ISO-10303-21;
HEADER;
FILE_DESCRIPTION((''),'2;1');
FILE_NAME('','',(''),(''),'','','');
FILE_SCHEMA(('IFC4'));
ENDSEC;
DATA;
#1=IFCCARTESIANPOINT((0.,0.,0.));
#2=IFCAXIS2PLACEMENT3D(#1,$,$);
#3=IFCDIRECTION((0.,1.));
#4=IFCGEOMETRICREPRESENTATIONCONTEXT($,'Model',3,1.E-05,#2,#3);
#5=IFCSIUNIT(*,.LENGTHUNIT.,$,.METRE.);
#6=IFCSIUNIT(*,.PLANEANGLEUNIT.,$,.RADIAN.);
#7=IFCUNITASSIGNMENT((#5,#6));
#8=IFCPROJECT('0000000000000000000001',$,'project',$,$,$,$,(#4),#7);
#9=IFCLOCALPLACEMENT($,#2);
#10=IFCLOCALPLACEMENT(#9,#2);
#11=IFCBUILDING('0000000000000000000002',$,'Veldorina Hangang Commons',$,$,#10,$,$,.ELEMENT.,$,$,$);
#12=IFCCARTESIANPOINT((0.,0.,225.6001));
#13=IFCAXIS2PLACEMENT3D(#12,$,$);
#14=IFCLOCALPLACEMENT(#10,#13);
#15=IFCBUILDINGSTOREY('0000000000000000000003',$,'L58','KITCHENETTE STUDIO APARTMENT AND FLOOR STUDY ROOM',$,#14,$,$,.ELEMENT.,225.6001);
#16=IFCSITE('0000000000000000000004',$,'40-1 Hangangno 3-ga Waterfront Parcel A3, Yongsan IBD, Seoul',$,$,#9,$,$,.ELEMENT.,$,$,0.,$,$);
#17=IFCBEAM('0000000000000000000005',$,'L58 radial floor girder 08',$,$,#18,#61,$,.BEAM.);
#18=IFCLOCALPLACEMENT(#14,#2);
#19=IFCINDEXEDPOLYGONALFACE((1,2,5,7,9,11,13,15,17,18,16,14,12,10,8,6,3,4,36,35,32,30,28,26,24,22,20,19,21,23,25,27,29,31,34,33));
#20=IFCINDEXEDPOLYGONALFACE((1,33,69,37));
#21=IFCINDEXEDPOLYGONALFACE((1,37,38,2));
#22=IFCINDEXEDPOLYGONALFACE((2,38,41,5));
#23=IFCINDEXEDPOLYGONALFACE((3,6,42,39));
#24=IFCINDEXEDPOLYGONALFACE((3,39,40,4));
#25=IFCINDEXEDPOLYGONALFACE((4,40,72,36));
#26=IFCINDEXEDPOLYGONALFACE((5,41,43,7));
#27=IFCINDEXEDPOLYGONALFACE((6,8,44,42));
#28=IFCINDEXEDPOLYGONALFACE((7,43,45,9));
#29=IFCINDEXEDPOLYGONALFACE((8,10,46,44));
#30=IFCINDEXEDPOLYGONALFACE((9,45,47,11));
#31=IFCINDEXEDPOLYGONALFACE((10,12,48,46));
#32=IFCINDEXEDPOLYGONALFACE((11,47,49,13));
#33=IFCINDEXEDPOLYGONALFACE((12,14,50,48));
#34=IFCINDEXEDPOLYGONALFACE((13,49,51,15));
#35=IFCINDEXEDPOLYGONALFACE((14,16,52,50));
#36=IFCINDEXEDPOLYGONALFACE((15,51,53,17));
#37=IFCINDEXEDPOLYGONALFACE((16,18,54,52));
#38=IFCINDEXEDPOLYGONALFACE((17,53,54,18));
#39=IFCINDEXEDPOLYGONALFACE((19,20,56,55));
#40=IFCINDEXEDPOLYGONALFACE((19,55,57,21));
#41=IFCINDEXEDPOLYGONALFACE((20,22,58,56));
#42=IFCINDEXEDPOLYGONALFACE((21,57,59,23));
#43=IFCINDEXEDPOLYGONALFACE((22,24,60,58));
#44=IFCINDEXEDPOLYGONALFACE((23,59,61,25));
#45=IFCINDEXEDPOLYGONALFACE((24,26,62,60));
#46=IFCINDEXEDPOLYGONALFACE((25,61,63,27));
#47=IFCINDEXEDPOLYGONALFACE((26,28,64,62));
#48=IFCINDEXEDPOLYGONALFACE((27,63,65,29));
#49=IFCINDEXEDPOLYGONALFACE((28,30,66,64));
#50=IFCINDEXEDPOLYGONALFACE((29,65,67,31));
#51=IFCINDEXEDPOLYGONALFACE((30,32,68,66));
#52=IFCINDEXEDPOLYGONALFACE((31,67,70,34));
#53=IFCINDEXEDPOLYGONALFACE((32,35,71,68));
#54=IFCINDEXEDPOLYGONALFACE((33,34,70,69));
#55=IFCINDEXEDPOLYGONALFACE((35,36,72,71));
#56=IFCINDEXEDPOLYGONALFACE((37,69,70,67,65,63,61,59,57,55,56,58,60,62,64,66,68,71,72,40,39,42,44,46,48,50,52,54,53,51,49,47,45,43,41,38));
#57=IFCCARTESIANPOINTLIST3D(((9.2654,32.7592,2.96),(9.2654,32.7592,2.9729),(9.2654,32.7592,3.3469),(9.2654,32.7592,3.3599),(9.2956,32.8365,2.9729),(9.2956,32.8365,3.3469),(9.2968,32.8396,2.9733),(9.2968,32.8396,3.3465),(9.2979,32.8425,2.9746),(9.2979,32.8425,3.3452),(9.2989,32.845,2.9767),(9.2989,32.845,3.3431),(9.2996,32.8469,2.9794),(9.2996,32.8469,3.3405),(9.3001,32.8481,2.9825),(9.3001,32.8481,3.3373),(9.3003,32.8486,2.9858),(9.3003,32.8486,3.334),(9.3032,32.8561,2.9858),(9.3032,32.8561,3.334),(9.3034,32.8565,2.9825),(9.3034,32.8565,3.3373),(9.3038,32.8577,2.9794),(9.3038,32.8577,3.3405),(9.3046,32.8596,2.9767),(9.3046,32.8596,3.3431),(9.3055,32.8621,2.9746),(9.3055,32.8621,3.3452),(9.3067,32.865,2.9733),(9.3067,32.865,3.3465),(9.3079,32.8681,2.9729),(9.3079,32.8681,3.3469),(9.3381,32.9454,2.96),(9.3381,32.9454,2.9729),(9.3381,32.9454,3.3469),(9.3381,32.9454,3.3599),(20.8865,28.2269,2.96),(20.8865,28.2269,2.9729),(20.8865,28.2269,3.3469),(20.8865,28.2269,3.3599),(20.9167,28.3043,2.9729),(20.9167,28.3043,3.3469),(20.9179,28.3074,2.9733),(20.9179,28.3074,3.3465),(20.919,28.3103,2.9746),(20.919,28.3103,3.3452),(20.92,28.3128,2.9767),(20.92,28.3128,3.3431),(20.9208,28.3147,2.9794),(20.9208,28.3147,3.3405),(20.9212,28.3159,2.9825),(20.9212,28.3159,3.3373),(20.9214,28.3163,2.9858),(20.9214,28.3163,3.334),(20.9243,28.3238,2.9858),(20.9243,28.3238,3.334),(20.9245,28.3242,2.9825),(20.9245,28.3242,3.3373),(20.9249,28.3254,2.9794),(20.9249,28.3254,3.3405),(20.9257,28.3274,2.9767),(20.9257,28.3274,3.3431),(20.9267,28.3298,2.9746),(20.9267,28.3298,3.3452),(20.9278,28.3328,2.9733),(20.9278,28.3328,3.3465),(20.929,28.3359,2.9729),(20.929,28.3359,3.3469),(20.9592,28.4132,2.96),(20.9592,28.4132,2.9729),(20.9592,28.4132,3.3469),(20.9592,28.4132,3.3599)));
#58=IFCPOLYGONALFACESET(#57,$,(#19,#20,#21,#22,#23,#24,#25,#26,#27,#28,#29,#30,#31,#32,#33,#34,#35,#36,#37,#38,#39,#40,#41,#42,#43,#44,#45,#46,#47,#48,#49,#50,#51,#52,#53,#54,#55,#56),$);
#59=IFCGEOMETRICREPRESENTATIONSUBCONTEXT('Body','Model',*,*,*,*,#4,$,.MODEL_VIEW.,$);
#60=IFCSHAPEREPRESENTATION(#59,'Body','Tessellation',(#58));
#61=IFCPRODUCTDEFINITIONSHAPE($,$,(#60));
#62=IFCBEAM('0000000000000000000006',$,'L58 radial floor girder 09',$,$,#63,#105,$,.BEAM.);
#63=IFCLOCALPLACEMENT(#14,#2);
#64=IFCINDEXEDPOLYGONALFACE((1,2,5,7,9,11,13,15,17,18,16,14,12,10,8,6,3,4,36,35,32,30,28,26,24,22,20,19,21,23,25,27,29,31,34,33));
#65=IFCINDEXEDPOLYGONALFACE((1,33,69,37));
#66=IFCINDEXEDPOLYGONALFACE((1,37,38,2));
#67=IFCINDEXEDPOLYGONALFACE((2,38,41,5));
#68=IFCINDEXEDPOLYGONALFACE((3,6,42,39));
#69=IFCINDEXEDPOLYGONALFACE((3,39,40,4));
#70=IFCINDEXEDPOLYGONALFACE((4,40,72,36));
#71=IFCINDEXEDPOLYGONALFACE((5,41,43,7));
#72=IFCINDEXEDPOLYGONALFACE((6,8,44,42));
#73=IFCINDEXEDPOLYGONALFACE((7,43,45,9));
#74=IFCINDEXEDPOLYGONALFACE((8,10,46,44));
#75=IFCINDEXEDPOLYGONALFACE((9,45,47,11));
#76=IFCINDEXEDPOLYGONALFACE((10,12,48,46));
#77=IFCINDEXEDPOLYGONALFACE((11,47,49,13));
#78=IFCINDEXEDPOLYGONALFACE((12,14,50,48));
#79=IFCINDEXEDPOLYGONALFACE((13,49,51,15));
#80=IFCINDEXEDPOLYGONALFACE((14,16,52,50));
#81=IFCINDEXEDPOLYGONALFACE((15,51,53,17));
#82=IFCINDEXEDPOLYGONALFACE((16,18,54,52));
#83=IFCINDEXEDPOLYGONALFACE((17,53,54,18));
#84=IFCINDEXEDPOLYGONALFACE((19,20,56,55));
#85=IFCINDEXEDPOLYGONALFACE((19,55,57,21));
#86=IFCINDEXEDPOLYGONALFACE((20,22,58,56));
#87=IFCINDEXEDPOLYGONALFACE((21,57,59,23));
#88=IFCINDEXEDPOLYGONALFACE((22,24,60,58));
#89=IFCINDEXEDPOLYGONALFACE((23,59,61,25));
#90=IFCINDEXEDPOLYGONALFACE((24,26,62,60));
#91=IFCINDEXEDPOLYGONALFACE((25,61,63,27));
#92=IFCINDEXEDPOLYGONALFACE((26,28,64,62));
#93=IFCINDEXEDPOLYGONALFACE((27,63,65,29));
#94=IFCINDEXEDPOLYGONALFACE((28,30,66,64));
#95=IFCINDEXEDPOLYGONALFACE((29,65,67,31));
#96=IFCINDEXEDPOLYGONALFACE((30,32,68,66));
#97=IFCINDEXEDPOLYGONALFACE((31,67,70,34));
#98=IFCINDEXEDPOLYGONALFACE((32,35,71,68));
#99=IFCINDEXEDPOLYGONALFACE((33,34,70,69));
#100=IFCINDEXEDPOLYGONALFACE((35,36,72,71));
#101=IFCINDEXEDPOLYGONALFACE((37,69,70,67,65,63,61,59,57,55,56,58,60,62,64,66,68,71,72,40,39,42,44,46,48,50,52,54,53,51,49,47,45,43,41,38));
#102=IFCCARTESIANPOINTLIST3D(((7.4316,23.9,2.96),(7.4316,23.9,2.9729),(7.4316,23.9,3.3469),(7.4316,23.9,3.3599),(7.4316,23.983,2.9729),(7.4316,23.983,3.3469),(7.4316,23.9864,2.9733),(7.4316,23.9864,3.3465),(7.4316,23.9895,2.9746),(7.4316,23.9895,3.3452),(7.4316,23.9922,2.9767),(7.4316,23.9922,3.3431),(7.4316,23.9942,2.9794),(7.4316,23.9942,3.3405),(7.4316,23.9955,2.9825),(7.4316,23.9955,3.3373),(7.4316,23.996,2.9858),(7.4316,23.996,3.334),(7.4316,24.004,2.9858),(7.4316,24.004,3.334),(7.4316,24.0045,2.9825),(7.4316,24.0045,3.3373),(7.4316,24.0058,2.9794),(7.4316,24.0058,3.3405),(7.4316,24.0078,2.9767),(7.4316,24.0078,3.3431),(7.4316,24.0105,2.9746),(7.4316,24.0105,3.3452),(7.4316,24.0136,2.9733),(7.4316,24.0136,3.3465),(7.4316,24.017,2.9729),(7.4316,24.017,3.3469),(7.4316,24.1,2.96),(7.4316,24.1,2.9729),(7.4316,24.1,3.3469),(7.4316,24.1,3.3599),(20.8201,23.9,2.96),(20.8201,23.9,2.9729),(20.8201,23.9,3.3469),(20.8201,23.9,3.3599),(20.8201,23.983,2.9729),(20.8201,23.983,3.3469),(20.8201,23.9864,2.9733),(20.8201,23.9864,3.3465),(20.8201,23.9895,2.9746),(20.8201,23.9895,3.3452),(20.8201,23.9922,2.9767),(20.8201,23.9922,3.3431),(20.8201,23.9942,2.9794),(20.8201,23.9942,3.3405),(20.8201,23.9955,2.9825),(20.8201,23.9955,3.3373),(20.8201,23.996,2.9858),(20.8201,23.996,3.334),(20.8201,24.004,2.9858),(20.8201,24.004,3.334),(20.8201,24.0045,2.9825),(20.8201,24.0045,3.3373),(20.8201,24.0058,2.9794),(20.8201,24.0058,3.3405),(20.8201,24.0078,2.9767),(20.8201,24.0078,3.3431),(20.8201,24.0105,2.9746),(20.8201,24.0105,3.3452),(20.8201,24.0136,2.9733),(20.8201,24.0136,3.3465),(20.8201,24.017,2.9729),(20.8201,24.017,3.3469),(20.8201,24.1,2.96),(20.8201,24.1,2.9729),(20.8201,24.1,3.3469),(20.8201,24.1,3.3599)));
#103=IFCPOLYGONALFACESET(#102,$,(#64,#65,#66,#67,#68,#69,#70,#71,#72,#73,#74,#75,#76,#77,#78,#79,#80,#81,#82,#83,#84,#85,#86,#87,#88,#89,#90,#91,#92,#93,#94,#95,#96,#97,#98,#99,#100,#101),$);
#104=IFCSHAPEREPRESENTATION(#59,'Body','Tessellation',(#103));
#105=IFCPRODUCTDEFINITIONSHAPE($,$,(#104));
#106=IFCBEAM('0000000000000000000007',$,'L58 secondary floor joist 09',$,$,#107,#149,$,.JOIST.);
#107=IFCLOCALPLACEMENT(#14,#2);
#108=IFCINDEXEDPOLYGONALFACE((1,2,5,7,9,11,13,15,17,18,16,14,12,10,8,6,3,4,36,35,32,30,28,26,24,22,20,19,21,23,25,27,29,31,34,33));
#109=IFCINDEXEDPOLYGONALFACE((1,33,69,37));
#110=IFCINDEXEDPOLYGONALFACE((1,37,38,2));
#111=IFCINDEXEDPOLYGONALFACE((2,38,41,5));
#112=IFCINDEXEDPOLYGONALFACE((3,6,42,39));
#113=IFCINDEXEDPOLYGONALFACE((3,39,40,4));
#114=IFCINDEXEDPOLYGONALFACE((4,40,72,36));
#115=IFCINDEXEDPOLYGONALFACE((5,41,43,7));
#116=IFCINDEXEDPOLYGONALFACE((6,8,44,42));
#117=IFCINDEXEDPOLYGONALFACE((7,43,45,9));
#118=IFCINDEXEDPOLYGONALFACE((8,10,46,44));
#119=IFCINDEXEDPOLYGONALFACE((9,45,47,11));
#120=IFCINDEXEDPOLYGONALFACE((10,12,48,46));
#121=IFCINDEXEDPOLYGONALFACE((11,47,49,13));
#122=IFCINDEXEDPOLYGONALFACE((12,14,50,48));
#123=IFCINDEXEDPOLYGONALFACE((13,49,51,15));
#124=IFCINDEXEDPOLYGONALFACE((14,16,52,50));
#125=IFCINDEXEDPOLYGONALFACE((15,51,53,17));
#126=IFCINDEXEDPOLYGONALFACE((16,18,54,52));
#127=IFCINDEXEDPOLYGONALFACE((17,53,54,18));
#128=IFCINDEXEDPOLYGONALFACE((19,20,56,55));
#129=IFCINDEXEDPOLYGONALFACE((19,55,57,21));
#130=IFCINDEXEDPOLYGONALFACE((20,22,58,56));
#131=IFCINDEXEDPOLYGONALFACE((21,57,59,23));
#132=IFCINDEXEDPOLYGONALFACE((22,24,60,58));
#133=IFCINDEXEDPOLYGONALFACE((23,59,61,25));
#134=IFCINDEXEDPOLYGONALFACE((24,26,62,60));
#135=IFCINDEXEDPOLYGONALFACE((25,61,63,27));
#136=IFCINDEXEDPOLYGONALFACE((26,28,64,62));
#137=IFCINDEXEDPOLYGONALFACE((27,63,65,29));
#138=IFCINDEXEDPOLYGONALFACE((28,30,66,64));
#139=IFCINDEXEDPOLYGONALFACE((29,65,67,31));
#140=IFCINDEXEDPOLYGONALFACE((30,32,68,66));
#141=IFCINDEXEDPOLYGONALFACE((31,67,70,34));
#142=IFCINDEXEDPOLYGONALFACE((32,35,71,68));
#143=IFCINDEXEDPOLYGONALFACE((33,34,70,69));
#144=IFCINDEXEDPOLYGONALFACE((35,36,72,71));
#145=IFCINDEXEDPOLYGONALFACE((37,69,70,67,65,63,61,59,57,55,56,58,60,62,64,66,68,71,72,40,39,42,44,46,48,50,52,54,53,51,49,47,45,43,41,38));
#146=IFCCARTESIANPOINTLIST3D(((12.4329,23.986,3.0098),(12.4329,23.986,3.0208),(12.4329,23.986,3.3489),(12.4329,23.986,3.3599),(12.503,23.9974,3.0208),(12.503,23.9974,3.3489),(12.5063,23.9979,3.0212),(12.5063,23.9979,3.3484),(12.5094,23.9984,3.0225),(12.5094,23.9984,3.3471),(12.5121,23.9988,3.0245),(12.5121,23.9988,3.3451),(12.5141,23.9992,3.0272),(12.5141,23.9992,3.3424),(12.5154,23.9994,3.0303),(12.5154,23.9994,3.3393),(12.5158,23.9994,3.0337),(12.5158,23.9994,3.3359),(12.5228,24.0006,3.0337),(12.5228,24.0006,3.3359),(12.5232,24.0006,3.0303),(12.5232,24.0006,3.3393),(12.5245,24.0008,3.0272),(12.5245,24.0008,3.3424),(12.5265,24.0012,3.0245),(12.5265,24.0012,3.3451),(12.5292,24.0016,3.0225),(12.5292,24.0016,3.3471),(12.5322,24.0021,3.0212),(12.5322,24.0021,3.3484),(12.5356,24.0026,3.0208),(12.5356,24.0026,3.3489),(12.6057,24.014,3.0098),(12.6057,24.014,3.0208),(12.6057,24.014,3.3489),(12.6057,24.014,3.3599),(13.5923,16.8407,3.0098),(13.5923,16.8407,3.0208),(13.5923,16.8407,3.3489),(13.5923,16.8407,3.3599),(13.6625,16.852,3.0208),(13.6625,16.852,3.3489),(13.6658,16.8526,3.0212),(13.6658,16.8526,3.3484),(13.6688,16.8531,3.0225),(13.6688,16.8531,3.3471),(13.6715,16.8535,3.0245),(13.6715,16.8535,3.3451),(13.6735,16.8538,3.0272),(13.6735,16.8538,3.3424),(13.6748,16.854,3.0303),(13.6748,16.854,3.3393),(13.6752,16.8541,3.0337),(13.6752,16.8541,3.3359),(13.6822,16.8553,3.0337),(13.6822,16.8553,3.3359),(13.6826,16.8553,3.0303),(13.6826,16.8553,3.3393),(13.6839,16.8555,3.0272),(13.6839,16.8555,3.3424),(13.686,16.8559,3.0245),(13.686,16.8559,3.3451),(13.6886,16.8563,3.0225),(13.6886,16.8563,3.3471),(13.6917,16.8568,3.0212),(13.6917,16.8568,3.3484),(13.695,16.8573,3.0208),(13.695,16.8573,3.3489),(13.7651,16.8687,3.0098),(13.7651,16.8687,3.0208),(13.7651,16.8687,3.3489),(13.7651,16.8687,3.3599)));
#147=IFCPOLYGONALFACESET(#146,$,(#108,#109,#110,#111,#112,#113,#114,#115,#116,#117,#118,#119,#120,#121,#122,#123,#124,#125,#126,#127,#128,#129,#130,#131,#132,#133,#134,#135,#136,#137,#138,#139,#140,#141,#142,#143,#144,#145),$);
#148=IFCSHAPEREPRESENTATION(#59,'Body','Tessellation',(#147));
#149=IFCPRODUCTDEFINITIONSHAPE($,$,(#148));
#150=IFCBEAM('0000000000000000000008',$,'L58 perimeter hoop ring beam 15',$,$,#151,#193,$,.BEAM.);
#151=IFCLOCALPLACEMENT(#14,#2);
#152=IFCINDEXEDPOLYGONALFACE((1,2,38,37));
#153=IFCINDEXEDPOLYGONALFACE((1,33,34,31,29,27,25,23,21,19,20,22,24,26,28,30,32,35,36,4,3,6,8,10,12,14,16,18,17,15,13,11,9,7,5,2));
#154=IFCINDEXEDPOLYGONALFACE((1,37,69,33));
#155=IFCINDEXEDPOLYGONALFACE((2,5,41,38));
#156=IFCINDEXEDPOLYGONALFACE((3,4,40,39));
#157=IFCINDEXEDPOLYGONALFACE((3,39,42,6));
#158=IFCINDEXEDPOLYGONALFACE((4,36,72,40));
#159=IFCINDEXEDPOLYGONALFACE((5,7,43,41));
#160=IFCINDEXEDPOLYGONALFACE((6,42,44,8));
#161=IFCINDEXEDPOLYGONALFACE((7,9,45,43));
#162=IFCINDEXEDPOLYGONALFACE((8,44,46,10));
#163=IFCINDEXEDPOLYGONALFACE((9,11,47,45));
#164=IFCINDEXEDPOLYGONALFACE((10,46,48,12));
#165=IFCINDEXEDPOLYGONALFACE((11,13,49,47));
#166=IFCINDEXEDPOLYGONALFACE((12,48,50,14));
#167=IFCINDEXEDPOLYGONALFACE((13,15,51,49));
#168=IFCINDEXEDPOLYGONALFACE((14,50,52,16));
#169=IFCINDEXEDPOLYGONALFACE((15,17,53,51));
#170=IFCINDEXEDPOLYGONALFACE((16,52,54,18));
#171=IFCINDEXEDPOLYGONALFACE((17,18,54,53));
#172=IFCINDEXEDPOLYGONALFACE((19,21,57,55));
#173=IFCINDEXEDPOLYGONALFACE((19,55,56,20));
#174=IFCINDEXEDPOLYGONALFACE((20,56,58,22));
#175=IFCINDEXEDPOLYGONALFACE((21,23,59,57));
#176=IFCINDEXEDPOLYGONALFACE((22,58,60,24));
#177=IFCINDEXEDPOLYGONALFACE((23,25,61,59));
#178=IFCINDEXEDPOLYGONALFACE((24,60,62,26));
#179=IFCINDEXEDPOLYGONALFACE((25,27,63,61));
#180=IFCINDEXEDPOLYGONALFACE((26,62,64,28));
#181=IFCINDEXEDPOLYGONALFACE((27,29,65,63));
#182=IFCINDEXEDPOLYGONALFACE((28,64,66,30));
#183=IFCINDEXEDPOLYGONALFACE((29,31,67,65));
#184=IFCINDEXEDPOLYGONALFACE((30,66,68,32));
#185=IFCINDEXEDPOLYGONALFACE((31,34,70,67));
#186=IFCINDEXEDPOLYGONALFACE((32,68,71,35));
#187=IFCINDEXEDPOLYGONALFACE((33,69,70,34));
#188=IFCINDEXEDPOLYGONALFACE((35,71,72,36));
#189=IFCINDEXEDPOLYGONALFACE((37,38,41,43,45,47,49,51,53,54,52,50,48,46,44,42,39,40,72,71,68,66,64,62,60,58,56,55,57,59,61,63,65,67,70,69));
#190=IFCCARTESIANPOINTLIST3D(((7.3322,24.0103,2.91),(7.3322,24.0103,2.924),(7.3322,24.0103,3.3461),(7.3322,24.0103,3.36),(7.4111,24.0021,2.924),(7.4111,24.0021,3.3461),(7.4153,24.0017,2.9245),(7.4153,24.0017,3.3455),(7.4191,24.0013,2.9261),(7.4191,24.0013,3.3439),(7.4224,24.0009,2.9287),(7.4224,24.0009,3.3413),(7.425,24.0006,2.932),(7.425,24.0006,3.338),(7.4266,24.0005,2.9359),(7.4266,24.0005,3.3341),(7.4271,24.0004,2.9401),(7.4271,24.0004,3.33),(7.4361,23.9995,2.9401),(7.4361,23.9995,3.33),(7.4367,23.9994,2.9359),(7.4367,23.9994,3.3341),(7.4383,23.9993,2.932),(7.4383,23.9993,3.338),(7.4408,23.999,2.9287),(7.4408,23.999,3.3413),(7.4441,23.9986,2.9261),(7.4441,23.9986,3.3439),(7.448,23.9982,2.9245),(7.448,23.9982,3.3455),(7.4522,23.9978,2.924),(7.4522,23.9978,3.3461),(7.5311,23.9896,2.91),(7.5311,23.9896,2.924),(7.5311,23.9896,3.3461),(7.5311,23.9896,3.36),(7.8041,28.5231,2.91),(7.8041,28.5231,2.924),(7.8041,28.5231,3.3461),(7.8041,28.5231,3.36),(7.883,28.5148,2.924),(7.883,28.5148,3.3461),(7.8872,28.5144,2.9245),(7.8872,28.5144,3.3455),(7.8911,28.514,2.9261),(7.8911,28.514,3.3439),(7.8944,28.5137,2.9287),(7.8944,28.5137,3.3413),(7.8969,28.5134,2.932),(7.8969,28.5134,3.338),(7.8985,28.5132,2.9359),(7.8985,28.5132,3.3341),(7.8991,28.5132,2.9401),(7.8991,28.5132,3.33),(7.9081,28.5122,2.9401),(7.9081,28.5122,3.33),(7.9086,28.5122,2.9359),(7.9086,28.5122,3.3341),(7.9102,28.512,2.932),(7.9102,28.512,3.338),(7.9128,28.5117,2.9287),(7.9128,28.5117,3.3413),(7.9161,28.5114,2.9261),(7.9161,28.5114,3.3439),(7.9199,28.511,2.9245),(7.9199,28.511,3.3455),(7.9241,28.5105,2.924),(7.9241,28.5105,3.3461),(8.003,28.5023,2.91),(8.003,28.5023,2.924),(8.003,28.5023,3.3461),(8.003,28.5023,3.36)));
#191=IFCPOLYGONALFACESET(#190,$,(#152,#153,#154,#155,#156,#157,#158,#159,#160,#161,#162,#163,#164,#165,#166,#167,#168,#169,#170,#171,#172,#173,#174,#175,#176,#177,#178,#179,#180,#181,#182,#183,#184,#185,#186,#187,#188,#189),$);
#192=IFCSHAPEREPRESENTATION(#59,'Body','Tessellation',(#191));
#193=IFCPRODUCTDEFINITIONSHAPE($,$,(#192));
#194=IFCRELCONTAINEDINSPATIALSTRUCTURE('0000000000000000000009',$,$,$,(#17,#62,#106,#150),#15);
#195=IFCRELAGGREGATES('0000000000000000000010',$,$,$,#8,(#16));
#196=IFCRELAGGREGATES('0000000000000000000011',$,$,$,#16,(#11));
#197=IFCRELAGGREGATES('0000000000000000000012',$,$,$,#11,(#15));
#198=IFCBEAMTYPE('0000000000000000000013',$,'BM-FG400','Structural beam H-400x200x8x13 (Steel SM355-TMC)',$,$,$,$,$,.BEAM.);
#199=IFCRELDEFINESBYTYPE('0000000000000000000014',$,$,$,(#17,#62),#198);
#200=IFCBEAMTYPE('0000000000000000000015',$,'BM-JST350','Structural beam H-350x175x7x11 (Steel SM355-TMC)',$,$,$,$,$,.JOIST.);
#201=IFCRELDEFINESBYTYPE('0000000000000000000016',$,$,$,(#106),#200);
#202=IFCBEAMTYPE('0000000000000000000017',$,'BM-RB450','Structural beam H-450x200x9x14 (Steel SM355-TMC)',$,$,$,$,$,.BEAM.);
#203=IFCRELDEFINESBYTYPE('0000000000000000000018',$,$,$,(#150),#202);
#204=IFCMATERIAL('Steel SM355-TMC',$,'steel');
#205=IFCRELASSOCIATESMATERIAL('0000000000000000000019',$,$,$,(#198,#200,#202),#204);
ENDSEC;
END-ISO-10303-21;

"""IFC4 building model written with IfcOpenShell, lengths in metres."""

from ifc_helpers import new_model, si_unit, direction, frame, origin, origin_2d, place, context, subcontext, project, spatial, i_section, extrude, material, material_profile, profile_set, type_object, element, save


model = new_model("IFC4")

# Units and contexts
model_context = context("Model", 3, precision=1e-05, world=origin(), true_north=direction((0.0, 1.0)))
body_context = subcontext(model_context, "Body", "Model", "MODEL_VIEW")
ifc_project = project(units=[si_unit("LENGTHUNIT", "METRE"), si_unit("PLANEANGLEUNIT", "RADIAN")], contexts=[model_context])

# Site, building, storey
site_placement = place(None, origin())
site = spatial("IfcSite", under=ifc_project, at=site_placement, Name="40-1 Hangangno 3-ga Waterfront Parcel A3, Yongsan IBD, Seoul", CompositionType="ELEMENT", RefElevation=0.0)
building_placement = place(site_placement, origin())
building = spatial("IfcBuilding", under=site, at=building_placement, Name="Veldorina Hangang Commons", CompositionType="ELEMENT")
storey_placement = place(building_placement, frame((0.0, 0.0, 225.6001)))
storey = spatial("IfcBuildingStorey", under=building, at=storey_placement, Name="L58", Description="KITCHENETTE STUDIO APARTMENT AND FLOOR STUDY ROOM", CompositionType="ELEMENT", Elevation=225.6001)

# Beams
ifc_material_1 = material(Name="Steel SM355-TMC", Category="steel")
ifc_material_profile_1 = material_profile(ifc_material_1, i_section(OverallWidth=0.2, OverallDepth=0.3999, WebThickness=0.0081, FlangeThickness=0.0129, FilletRadius=0.0129, at=origin_2d()), Name="H-400x200x8x13")
ifc_profile_set_1 = profile_set([ifc_material_profile_1], Name="Steel SM355-TMC")
beam_type_1 = type_object("IfcBeamType", Name="BM-FG400", Description="Structural beam H-400x200x8x13 (Steel SM355-TMC)", PredefinedType="BEAM", material=ifc_profile_set_1)
beam_1_placement = place(storey_placement, frame((20.9229, 28.3201, 3.1599), z_axis=(-0.931655, 0.363345, 0.0), x_axis=(-0.363345, -0.931655, 0.0)))
element("IfcBeam", 1, at=beam_1_placement, inside=storey, type_object=beam_type_1, Name="L58 radial floor girder 08", PredefinedType="BEAM", context=body_context, shape_type="SweptSolid", body=[
    extrude(i_section(OverallWidth=0.2, OverallDepth=0.3999, WebThickness=0.0081, FlangeThickness=0.0129, FilletRadius=0.0129, at=origin_2d()), origin(), (0.0, 0.0, 1.0), 12.4736),
])
beam_2_placement = place(storey_placement, frame((20.8201, 24.0, 3.1599), z_axis=(-1.0, 0.0, 0.0), x_axis=(0.0, -1.0, 0.0)))
element("IfcBeam", 2, at=beam_2_placement, inside=storey, type_object=beam_type_1, Name="L58 radial floor girder 09", PredefinedType="BEAM", context=body_context, shape_type="SweptSolid", body=[
    extrude(i_section(OverallWidth=0.2, OverallDepth=0.3999, WebThickness=0.0081, FlangeThickness=0.0129, FilletRadius=0.0129, at=origin_2d()), origin(), (0.0, 0.0, 1.0), 13.3884),
])
ifc_material_profile_2 = material_profile(ifc_material_1, i_section(OverallWidth=0.175, OverallDepth=0.3501, WebThickness=0.0071, FlangeThickness=0.011, FilletRadius=0.0129, at=origin_2d()), Name="H-350x175x7x11")
ifc_profile_set_2 = profile_set([ifc_material_profile_2], Name="Steel SM355-TMC")
beam_type_2 = type_object("IfcBeamType", Name="BM-JST350", Description="Structural beam H-350x175x7x11 (Steel SM355-TMC)", PredefinedType="JOIST", material=ifc_profile_set_2)
beam_3_placement = place(storey_placement, frame((12.5193, 24.0, 3.1848), z_axis=(0.16017, -0.987089, 0.0), x_axis=(0.987089, 0.16017, 0.0)))
element("IfcBeam", 3, at=beam_3_placement, inside=storey, type_object=beam_type_2, Name="L58 secondary floor joist 09", PredefinedType="JOIST", context=body_context, shape_type="SweptSolid", body=[
    extrude(i_section(OverallWidth=0.175, OverallDepth=0.3501, WebThickness=0.0071, FlangeThickness=0.011, FilletRadius=0.0129, at=origin_2d()), origin(), (0.0, 0.0, 1.0), 7.2388),
])
ifc_material_profile_3 = material_profile(ifc_material_1, i_section(OverallWidth=0.2, OverallDepth=0.45, WebThickness=0.009, FlangeThickness=0.0139, FilletRadius=0.0161, at=origin_2d()), Name="H-450x200x9x14")
ifc_profile_set_3 = profile_set([ifc_material_profile_3], Name="Steel SM355-TMC")
beam_type_3 = type_object("IfcBeamType", Name="BM-RB450", Description="Structural beam H-450x200x9x14 (Steel SM355-TMC)", PredefinedType="BEAM", material=ifc_profile_set_3)
for number, where, z_axis, x_axis, name in (
    (4, (7.9036, 28.5127, 3.135), (-0.10401, -0.994576, 0.0), (0.994576, -0.10401, 0.0), "L58 perimeter hoop ring beam 15"),
):
    element("IfcBeam", number, at=place(storey_placement, frame(where, z_axis=z_axis, x_axis=x_axis)), inside=storey, type_object=beam_type_3, Name=name, PredefinedType="BEAM", context=body_context, shape_type="SweptSolid", body=[
        extrude(i_section(OverallWidth=0.2, OverallDepth=0.45, WebThickness=0.009, FlangeThickness=0.0139, FilletRadius=0.0161, at=origin_2d()), origin(), (0.0, 0.0, 1.0), 4.5374),
    ])

save(model, "model.ifc")
